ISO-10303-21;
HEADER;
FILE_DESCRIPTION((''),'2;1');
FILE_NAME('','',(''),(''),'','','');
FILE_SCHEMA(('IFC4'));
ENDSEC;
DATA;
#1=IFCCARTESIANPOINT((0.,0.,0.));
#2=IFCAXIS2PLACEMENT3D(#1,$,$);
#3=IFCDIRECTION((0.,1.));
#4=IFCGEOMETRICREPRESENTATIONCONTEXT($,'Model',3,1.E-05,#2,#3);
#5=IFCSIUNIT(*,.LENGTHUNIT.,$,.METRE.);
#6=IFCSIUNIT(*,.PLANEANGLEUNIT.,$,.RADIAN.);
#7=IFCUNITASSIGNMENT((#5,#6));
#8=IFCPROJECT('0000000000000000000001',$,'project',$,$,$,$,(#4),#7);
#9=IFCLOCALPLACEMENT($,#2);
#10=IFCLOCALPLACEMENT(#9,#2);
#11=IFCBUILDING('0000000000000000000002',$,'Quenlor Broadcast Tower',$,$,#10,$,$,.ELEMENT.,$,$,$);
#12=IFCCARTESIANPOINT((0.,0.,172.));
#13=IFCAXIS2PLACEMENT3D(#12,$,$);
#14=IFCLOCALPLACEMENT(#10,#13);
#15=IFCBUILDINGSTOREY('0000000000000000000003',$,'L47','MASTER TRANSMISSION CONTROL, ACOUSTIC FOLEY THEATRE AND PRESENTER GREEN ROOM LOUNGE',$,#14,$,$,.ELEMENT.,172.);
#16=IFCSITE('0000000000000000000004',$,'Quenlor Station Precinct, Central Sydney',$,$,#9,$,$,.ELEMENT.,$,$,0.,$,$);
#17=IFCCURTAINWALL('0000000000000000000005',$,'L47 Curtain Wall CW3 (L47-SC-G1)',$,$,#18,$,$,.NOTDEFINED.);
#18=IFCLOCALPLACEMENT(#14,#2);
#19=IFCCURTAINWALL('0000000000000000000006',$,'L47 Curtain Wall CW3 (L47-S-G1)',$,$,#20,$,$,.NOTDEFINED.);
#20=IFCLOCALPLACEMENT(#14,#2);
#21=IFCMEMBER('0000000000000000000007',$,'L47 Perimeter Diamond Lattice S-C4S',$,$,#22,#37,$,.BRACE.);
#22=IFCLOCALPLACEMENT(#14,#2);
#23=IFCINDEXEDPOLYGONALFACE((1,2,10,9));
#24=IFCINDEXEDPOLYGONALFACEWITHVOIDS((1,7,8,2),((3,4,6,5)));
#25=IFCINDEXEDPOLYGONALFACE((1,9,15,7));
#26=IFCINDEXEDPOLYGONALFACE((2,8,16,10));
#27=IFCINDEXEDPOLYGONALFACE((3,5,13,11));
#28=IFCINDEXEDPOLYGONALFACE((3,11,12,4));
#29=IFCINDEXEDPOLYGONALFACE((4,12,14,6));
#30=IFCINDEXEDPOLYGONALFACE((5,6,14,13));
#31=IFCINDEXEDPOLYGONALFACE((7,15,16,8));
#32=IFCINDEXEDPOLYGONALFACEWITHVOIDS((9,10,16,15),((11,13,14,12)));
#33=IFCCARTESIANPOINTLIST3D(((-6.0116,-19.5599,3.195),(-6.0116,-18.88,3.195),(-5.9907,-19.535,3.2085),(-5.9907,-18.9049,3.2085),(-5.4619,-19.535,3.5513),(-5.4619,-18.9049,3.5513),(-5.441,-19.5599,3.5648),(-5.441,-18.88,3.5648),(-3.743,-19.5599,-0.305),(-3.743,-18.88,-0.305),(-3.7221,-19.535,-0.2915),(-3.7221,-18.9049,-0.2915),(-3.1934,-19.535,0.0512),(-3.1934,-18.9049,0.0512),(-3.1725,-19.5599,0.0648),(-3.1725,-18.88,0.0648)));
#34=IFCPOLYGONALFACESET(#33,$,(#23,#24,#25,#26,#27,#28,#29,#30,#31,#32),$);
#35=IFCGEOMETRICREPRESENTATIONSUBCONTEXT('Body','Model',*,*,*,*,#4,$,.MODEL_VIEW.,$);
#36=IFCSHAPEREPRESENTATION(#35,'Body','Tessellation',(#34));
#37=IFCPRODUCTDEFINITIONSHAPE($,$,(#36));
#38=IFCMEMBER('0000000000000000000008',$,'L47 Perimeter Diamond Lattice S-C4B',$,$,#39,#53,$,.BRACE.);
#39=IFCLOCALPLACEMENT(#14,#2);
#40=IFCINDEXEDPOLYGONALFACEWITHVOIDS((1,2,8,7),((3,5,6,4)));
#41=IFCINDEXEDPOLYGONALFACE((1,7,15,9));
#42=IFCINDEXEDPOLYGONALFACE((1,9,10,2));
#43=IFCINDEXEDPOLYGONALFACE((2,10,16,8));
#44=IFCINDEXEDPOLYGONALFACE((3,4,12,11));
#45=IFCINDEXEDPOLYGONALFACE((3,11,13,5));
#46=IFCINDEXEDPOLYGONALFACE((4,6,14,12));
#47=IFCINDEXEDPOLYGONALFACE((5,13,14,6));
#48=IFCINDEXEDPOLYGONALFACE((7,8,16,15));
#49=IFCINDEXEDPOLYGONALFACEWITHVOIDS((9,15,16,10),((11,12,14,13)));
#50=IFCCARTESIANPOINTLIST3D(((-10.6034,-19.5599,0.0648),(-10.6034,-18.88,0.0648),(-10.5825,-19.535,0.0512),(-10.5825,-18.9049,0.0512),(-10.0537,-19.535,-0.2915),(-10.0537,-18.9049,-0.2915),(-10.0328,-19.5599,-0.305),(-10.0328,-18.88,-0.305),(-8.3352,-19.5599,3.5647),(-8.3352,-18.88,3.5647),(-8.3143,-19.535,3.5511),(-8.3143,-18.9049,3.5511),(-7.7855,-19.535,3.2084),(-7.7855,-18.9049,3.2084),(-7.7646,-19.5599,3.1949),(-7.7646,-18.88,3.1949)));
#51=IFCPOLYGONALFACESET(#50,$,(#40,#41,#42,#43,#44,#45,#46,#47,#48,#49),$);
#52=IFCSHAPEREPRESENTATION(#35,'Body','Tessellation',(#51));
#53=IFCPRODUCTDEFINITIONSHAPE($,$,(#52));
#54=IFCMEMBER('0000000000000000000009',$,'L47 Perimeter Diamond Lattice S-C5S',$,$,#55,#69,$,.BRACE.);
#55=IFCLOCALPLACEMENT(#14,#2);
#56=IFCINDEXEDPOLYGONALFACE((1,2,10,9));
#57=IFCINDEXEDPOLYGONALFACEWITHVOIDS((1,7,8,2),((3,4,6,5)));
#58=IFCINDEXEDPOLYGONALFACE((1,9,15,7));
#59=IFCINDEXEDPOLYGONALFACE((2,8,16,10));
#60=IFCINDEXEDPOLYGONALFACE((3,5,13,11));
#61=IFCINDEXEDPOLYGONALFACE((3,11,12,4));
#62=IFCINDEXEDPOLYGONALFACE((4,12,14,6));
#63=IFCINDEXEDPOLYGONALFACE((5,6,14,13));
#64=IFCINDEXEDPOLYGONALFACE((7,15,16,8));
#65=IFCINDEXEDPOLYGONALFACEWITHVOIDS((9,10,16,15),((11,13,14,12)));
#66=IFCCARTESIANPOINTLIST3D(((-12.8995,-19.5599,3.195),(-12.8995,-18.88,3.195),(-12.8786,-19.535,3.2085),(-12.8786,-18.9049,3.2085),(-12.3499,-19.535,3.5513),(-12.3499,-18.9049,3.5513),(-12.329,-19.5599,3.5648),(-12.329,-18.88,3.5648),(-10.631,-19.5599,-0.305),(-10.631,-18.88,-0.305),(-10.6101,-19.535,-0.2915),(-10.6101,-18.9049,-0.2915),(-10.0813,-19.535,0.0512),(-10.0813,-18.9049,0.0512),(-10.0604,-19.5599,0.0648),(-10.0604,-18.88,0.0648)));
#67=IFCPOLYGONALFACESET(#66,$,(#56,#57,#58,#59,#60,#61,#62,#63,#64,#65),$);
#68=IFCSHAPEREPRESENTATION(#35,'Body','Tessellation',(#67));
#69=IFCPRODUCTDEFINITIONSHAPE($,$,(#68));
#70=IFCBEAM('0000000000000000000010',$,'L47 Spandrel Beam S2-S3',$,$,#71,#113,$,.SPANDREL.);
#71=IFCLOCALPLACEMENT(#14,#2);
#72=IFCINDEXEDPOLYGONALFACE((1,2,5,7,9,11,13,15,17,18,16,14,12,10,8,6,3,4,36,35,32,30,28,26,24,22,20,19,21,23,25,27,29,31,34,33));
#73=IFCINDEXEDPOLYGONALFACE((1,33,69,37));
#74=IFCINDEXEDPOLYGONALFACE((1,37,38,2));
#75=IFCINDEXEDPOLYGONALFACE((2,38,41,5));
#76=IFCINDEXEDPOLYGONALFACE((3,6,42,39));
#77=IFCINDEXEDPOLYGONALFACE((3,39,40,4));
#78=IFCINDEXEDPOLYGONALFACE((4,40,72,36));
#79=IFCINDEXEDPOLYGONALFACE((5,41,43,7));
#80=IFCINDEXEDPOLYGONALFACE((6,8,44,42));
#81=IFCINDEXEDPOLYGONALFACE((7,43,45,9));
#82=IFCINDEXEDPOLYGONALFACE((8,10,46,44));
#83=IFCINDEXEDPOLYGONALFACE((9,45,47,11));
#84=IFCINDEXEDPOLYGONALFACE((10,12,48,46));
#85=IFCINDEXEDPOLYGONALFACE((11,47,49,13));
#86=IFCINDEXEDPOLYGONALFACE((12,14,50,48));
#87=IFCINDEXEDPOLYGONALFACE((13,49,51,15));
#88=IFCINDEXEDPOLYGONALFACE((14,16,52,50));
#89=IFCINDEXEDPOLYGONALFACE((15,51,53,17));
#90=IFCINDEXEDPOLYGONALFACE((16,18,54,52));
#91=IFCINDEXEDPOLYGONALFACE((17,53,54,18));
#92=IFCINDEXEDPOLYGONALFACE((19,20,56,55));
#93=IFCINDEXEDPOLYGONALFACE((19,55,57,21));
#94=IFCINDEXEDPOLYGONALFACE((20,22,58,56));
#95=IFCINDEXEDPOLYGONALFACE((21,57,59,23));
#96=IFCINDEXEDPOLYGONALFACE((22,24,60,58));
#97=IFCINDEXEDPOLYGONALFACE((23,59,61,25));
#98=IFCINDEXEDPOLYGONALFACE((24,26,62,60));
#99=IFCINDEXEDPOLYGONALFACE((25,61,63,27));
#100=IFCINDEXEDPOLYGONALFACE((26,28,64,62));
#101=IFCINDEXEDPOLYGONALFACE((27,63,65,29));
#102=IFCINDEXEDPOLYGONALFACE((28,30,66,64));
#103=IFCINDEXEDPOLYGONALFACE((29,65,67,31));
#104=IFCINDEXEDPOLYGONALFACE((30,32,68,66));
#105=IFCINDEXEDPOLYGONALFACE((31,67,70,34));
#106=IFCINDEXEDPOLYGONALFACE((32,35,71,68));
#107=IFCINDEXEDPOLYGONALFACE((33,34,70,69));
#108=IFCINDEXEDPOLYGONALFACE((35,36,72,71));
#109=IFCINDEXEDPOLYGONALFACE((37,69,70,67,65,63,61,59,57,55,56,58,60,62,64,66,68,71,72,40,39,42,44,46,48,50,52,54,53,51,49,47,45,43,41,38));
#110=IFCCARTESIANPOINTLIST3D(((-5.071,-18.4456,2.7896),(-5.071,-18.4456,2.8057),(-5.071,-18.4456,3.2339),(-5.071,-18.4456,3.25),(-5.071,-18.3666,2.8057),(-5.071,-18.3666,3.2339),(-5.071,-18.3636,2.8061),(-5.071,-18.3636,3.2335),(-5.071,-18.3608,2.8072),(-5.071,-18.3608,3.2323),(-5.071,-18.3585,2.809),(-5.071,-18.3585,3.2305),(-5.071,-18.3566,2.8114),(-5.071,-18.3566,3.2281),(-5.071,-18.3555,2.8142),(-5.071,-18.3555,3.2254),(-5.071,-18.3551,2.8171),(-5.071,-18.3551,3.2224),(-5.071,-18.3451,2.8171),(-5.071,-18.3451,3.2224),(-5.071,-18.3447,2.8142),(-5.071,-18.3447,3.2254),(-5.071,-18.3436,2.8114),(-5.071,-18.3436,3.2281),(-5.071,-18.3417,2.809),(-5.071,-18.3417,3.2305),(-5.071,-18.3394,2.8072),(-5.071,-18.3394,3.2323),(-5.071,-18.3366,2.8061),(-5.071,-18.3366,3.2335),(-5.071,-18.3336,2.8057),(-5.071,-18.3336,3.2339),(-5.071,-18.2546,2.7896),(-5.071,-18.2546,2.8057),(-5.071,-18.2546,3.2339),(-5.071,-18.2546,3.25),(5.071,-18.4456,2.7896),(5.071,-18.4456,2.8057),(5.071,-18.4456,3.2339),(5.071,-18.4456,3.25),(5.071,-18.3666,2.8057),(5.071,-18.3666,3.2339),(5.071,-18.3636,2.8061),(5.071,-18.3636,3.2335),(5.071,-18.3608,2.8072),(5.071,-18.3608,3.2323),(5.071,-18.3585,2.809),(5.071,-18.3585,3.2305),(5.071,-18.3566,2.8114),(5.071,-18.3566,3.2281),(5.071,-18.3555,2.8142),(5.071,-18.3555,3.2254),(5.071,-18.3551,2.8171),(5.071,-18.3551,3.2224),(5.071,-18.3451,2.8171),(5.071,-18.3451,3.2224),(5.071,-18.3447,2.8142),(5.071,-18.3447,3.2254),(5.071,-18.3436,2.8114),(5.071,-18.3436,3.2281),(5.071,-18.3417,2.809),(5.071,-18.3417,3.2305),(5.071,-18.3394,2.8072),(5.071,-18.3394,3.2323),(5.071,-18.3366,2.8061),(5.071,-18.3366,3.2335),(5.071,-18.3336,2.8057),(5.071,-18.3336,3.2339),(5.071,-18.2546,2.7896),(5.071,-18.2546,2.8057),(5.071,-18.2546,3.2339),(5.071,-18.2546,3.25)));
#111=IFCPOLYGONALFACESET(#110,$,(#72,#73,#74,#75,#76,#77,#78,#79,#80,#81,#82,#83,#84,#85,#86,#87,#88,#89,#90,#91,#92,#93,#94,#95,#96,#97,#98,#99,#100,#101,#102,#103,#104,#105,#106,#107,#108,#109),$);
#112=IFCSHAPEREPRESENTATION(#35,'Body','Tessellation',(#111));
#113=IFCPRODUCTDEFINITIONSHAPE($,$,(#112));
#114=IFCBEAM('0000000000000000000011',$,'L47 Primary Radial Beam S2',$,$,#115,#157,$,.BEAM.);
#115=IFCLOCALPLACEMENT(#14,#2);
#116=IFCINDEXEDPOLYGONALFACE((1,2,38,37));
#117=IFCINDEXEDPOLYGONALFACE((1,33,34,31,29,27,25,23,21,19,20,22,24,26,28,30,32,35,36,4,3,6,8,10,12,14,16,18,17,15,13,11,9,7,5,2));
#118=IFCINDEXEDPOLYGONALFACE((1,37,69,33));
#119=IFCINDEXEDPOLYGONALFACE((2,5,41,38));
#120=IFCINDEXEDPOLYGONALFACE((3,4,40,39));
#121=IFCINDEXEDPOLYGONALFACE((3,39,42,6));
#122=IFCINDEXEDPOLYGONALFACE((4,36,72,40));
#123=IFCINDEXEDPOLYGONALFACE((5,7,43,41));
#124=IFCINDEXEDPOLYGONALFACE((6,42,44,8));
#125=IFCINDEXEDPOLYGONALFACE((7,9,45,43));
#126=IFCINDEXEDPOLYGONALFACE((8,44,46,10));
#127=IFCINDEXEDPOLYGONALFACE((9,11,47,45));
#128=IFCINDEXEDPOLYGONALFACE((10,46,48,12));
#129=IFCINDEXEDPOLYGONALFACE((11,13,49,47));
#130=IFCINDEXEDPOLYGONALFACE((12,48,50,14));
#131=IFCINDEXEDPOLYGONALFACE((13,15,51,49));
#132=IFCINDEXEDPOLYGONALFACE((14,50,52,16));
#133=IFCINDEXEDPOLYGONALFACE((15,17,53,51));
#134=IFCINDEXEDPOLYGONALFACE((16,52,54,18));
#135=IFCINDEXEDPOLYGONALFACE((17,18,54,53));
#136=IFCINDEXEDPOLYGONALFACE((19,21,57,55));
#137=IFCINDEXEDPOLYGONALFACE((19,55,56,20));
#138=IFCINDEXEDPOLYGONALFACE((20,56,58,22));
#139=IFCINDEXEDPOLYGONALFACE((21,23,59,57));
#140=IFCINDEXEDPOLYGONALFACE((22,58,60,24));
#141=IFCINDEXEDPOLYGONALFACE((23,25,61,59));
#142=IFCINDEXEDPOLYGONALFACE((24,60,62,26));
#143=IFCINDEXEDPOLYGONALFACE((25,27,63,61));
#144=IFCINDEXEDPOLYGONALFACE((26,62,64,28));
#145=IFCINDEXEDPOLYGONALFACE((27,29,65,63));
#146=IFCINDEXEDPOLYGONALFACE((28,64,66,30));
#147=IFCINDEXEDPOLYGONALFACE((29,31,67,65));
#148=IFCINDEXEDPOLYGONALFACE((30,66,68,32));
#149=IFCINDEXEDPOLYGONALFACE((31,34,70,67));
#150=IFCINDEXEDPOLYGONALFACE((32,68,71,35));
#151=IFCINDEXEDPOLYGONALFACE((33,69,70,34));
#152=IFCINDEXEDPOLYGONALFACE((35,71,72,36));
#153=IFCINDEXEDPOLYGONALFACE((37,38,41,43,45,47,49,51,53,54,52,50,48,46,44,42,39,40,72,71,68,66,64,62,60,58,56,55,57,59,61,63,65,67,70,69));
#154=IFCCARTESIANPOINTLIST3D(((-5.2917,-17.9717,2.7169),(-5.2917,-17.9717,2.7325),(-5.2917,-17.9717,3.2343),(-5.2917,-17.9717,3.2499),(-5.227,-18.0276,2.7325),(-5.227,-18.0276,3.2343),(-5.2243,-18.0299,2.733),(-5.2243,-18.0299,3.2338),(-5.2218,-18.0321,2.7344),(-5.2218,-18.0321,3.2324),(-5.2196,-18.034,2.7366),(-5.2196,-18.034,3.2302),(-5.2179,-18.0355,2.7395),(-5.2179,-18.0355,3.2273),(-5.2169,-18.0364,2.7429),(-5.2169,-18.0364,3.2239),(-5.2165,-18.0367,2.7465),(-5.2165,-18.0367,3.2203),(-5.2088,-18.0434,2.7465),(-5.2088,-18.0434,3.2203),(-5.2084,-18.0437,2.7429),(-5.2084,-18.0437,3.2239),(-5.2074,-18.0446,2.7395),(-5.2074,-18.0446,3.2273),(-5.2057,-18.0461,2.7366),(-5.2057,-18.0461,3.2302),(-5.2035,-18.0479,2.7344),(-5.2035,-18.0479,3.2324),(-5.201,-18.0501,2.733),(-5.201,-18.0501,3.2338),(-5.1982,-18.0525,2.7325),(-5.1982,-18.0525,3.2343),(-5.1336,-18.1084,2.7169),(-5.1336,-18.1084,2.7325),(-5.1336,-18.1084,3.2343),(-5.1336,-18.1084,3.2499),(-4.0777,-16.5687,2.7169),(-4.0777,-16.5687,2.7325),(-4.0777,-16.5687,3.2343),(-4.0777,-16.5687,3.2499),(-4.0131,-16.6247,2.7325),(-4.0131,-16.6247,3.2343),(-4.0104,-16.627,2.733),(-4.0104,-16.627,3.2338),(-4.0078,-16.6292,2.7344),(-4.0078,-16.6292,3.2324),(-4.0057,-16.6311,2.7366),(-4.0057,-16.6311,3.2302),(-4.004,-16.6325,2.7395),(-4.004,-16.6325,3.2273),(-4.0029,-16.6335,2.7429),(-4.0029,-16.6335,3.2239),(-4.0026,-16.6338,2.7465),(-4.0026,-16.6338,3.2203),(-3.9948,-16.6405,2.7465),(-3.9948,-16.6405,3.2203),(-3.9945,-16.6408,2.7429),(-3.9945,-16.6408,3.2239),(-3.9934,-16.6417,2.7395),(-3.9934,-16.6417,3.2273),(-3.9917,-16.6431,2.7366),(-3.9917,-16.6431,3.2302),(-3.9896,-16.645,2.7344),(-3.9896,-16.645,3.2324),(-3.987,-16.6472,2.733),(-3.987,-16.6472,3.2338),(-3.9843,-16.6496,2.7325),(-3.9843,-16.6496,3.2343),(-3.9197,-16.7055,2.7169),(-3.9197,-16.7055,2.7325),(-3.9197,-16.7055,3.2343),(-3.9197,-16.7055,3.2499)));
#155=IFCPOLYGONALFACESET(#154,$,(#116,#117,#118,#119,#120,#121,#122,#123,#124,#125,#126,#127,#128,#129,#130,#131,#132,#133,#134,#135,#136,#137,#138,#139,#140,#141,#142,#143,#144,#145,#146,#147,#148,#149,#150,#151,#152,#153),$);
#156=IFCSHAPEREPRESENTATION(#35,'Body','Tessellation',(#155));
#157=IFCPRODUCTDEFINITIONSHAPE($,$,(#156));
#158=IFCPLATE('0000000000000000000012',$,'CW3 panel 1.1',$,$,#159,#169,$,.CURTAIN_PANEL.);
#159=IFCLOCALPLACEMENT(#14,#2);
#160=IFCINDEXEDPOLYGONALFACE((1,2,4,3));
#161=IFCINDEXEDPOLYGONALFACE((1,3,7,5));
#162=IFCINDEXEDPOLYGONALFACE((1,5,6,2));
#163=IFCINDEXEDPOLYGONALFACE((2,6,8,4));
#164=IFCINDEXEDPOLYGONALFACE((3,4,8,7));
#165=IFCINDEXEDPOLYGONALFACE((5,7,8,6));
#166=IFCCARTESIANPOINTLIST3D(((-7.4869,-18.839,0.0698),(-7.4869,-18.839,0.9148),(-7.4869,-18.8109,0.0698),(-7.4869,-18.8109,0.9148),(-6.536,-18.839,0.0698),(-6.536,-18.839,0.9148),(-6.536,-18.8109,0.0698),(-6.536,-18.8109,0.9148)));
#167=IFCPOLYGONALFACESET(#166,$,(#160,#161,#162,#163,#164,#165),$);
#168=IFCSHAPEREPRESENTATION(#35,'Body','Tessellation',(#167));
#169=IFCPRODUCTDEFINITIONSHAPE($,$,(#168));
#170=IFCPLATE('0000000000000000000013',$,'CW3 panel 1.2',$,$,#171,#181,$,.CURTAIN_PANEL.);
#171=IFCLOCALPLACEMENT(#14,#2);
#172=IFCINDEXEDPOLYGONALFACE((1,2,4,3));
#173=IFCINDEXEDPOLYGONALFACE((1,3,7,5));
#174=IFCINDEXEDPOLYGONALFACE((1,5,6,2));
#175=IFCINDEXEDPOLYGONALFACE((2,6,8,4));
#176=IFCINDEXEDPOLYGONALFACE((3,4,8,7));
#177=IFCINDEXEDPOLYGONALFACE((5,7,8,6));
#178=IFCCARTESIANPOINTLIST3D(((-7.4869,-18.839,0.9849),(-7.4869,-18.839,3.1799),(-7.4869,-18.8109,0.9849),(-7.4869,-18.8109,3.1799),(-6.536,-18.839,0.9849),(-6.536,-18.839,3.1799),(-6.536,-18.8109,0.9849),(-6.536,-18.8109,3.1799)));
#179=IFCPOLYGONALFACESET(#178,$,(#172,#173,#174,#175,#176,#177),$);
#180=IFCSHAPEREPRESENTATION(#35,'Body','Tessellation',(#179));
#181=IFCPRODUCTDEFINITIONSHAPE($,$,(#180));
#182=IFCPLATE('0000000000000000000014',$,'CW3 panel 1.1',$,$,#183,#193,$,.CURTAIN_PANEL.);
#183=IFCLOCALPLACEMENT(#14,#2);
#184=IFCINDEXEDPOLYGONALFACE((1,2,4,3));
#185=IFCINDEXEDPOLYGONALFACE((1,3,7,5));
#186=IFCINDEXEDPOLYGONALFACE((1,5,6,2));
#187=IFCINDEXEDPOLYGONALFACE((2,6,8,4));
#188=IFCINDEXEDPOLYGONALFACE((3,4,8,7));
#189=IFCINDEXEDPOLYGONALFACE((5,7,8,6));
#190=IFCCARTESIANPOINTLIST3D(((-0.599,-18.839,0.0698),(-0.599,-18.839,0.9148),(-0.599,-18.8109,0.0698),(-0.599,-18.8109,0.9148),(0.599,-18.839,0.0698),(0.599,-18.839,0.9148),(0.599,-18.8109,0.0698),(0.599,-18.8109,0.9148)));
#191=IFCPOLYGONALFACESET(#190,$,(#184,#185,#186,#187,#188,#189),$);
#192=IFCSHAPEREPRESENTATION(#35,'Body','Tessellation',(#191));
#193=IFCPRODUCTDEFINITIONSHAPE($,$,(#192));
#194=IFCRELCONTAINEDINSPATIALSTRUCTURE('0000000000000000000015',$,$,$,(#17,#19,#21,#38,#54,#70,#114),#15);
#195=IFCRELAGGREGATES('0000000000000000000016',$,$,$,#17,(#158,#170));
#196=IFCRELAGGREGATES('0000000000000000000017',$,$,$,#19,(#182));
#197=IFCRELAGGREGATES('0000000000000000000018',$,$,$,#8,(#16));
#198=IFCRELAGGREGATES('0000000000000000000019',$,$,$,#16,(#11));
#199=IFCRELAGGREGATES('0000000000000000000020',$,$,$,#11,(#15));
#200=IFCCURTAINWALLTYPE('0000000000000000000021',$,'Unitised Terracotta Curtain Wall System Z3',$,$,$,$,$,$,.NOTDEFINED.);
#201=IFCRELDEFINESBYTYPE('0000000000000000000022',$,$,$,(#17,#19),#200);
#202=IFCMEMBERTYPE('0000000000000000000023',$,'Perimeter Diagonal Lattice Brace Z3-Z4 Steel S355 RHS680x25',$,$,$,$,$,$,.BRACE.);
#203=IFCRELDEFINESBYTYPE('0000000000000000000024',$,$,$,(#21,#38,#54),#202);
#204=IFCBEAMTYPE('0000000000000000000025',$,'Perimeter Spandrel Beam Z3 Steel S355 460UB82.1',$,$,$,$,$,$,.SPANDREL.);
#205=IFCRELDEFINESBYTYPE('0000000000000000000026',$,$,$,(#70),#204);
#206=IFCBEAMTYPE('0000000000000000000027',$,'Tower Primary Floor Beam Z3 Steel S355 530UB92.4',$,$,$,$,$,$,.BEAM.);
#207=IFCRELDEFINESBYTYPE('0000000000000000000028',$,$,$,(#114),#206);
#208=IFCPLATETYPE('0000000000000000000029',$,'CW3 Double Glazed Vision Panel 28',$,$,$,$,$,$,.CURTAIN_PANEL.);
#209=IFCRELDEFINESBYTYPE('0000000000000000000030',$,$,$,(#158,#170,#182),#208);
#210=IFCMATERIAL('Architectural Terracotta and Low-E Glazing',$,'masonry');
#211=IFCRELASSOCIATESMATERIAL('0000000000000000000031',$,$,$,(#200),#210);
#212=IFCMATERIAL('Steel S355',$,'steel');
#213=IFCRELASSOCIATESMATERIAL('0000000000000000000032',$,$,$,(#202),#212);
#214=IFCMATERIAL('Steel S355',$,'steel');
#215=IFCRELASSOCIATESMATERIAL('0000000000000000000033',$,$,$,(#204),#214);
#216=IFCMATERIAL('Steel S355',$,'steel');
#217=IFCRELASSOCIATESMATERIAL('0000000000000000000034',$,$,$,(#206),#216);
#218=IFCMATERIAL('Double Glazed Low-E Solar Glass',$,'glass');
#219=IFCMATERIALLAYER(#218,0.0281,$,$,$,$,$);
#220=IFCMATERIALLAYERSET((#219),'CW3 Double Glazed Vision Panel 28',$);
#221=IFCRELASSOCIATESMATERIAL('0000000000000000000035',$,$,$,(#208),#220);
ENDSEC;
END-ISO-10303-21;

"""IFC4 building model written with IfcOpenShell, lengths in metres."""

from ifc_helpers import new_model, si_unit, direction, frame, origin, origin_2d, place, context, subcontext, project, spatial, rectangle, hollow_rectangle, i_section, extrude, material, layer, layer_set, material_profile, profile_set, type_object, element, aggregate, save


model = new_model("IFC4")

# Units and contexts
model_context = context("Model", 3, precision=1e-05, world=origin(), true_north=direction((0.0, 1.0)))
body_context = subcontext(model_context, "Body", "Model", "MODEL_VIEW")
ifc_project = project(units=[si_unit("LENGTHUNIT", "METRE"), si_unit("PLANEANGLEUNIT", "RADIAN")], contexts=[model_context])

# Site, building, storey
site_placement = place(None, origin())
site = spatial("IfcSite", under=ifc_project, at=site_placement, Name="Quenlor Station Precinct, Central Sydney", CompositionType="ELEMENT", RefElevation=0.0)
building_placement = place(site_placement, origin())
building = spatial("IfcBuilding", under=site, at=building_placement, Name="Quenlor Broadcast Tower", CompositionType="ELEMENT")
storey_placement = place(building_placement, frame((0.0, 0.0, 172.0)))
storey = spatial("IfcBuildingStorey", under=building, at=storey_placement, Name="L47", Description="MASTER TRANSMISSION CONTROL, ACOUSTIC FOLEY THEATRE AND PRESENTER GREEN ROOM LOUNGE", CompositionType="ELEMENT", Elevation=172.0)

# Curtain wall
ifc_material_1 = material(Name="Architectural Terracotta and Low-E Glazing", Category="masonry")
curtain_wall_type = type_object("IfcCurtainWallType", Name="Unitised Terracotta Curtain Wall System Z3", PredefinedType="NOTDEFINED", material=ifc_material_1)
curtain_wall_1_placement = place(storey_placement, origin())
curtain_wall_1 = element("IfcCurtainWall", 1, at=curtain_wall_1_placement, inside=storey, type_object=curtain_wall_type, Name="L47 Curtain Wall CW3 (L47-SC-G1)", PredefinedType="NOTDEFINED")

# Curtain wall
curtain_wall_2_placement = place(storey_placement, origin())
curtain_wall_2 = element("IfcCurtainWall", 2, at=curtain_wall_2_placement, inside=storey, type_object=curtain_wall_type, Name="L47 Curtain Wall CW3 (L47-S-G1)", PredefinedType="NOTDEFINED")

# Members
ifc_material_2 = material(Name="Steel S355", Category="steel")
ifc_material_profile_1 = material_profile(ifc_material_2, hollow_rectangle(XDim=0.6799, YDim=0.6799, WallThickness=0.0249, at=origin_2d()))
ifc_profile_set_1 = profile_set([ifc_material_profile_1], Name="Steel S355 RHS680x680x25")
member_type_1 = type_object("IfcMemberType", Name="Perimeter Diagonal Lattice Brace Z3-Z4 Steel S355 RHS680x25", PredefinedType="BRACE", material=ifc_profile_set_1)
member_1_placement = place(storey_placement, frame((-3.4578, -19.22, -0.1201), z_axis=(-0.543902, 0.0, 0.839149), x_axis=(0.0, -1.0, 0.0)))
element("IfcMember", 3, at=member_1_placement, inside=storey, type_object=member_type_1, Name="L47 Perimeter Diamond Lattice S-C4S", PredefinedType="BRACE", context=body_context, shape_type="SweptSolid", body=[
    extrude(hollow_rectangle(XDim=0.6799, YDim=0.6799, WallThickness=0.0249, at=origin_2d()), origin(), (0.0, 0.0, 1.0), 4.1709),
])
member_2_placement = place(storey_placement, frame((-10.3181, -19.22, -0.1201), z_axis=(0.54386, 0.0, 0.839176), x_axis=(0.0, 1.0, 0.0)))
element("IfcMember", 4, at=member_2_placement, inside=storey, type_object=member_type_1, Name="L47 Perimeter Diamond Lattice S-C4B", PredefinedType="BRACE", context=body_context, shape_type="SweptSolid", body=[
    extrude(hollow_rectangle(XDim=0.6799, YDim=0.6799, WallThickness=0.0249, at=origin_2d()), origin(), (0.0, 0.0, 1.0), 4.1707),
])
member_3_placement = place(storey_placement, frame((-10.3457, -19.22, -0.1201), z_axis=(-0.543902, 0.0, 0.839149), x_axis=(0.0, -1.0, 0.0)))
element("IfcMember", 5, at=member_3_placement, inside=storey, type_object=member_type_1, Name="L47 Perimeter Diamond Lattice S-C5S", PredefinedType="BRACE", context=body_context, shape_type="SweptSolid", body=[
    extrude(hollow_rectangle(XDim=0.6799, YDim=0.6799, WallThickness=0.0249, at=origin_2d()), origin(), (0.0, 0.0, 1.0), 4.1709),
])

# Beams
ifc_material_3 = material(Name="Steel S355", Category="steel")
ifc_material_profile_2 = material_profile(ifc_material_3, i_section(OverallWidth=0.1909, OverallDepth=0.4604, WebThickness=0.01, FlangeThickness=0.0161, FilletRadius=0.0115, at=origin_2d()))
ifc_profile_set_2 = profile_set([ifc_material_profile_2], Name="Steel S355 460UB82.1")
beam_type_1 = type_object("IfcBeamType", Name="Perimeter Spandrel Beam Z3 Steel S355 460UB82.1", PredefinedType="SPANDREL", material=ifc_profile_set_2)
beam_1_placement = place(storey_placement, frame((-5.071, -18.3501, 3.0198), z_axis=(1.0, 0.0, 0.0), x_axis=(0.0, 1.0, 0.0)))
element("IfcBeam", 6, at=beam_1_placement, inside=storey, type_object=beam_type_1, Name="L47 Spandrel Beam S2-S3", PredefinedType="SPANDREL", context=body_context, shape_type="SweptSolid", body=[
    extrude(i_section(OverallWidth=0.1909, OverallDepth=0.4604, WebThickness=0.01, FlangeThickness=0.0161, FilletRadius=0.0115, at=origin_2d()), origin(), (0.0, 0.0, 1.0), 10.1421),
])
ifc_material_4 = material(Name="Steel S355", Category="steel")
ifc_material_profile_3 = material_profile(ifc_material_4, i_section(OverallWidth=0.209, OverallDepth=0.533, WebThickness=0.0103, FlangeThickness=0.0156, FilletRadius=0.0139, at=origin_2d()))
ifc_profile_set_3 = profile_set([ifc_material_profile_3], Name="Steel S355 530UB92.4")
beam_type_2 = type_object("IfcBeamType", Name="Tower Primary Floor Beam Z3 Steel S355 530UB92.4", PredefinedType="BEAM", material=ifc_profile_set_3)
beam_2_placement = place(storey_placement, frame((-5.2126, -18.04, 2.9834), z_axis=(0.654339, 0.756201, 0.0), x_axis=(-0.756201, 0.654339, 0.0)))
element("IfcBeam", 7, at=beam_2_placement, inside=storey, type_object=beam_type_2, Name="L47 Primary Radial Beam S2", PredefinedType="BEAM", context=body_context, shape_type="SweptSolid", body=[
    extrude(i_section(OverallWidth=0.209, OverallDepth=0.533, WebThickness=0.0103, FlangeThickness=0.0156, FilletRadius=0.0139, at=origin_2d()), origin(), (0.0, 0.0, 1.0), 1.8552),
])

# Plates
ifc_material_5 = material(Name="Double Glazed Low-E Solar Glass", Category="glass")
ifc_layer_1 = layer(ifc_material_5, 0.0281)
ifc_layer_set_1 = layer_set([ifc_layer_1], Name="CW3 Double Glazed Vision Panel 28")
plate_type_1 = type_object("IfcPlateType", Name="CW3 Double Glazed Vision Panel 28", PredefinedType="CURTAIN_PANEL", material=ifc_layer_set_1)
plate_1_placement = place(storey_placement, frame((-7.0115, -18.825, 0.0698), z_axis=(0.0, 0.0, 1.0), x_axis=(-1.0, 0.0, 0.0)))
plate_1 = element("IfcPlate", 8, at=plate_1_placement, type_object=plate_type_1, Name="CW3 panel 1.1", PredefinedType="CURTAIN_PANEL", context=body_context, shape_type="SweptSolid", body=[
    extrude(rectangle(XDim=0.9509, YDim=0.0281, at=origin_2d()), origin(), (0.0, 0.0, 1.0), 0.845),
])
plate_2_placement = place(storey_placement, frame((-7.0115, -18.825, 0.9849), z_axis=(0.0, 0.0, 1.0), x_axis=(-1.0, 0.0, 0.0)))
plate_2 = element("IfcPlate", 9, at=plate_2_placement, type_object=plate_type_1, Name="CW3 panel 1.2", PredefinedType="CURTAIN_PANEL", context=body_context, shape_type="SweptSolid", body=[
    extrude(rectangle(XDim=0.9509, YDim=0.0281, at=origin_2d()), origin(), (0.0, 0.0, 1.0), 2.1951),
])
aggregate(curtain_wall_1, [plate_1, plate_2])
plate_3_placement = place(storey_placement, frame((0.0, -18.825, 0.0698), z_axis=(0.0, 0.0, 1.0), x_axis=(-1.0, 0.0, 0.0)))
plate_3 = element("IfcPlate", 10, at=plate_3_placement, type_object=plate_type_1, Name="CW3 panel 1.1", PredefinedType="CURTAIN_PANEL", context=body_context, shape_type="SweptSolid", body=[
    extrude(rectangle(XDim=1.198, YDim=0.0281, at=origin_2d()), origin(), (0.0, 0.0, 1.0), 0.845),
])
aggregate(curtain_wall_2, [plate_3])

save(model, "model.ifc")
